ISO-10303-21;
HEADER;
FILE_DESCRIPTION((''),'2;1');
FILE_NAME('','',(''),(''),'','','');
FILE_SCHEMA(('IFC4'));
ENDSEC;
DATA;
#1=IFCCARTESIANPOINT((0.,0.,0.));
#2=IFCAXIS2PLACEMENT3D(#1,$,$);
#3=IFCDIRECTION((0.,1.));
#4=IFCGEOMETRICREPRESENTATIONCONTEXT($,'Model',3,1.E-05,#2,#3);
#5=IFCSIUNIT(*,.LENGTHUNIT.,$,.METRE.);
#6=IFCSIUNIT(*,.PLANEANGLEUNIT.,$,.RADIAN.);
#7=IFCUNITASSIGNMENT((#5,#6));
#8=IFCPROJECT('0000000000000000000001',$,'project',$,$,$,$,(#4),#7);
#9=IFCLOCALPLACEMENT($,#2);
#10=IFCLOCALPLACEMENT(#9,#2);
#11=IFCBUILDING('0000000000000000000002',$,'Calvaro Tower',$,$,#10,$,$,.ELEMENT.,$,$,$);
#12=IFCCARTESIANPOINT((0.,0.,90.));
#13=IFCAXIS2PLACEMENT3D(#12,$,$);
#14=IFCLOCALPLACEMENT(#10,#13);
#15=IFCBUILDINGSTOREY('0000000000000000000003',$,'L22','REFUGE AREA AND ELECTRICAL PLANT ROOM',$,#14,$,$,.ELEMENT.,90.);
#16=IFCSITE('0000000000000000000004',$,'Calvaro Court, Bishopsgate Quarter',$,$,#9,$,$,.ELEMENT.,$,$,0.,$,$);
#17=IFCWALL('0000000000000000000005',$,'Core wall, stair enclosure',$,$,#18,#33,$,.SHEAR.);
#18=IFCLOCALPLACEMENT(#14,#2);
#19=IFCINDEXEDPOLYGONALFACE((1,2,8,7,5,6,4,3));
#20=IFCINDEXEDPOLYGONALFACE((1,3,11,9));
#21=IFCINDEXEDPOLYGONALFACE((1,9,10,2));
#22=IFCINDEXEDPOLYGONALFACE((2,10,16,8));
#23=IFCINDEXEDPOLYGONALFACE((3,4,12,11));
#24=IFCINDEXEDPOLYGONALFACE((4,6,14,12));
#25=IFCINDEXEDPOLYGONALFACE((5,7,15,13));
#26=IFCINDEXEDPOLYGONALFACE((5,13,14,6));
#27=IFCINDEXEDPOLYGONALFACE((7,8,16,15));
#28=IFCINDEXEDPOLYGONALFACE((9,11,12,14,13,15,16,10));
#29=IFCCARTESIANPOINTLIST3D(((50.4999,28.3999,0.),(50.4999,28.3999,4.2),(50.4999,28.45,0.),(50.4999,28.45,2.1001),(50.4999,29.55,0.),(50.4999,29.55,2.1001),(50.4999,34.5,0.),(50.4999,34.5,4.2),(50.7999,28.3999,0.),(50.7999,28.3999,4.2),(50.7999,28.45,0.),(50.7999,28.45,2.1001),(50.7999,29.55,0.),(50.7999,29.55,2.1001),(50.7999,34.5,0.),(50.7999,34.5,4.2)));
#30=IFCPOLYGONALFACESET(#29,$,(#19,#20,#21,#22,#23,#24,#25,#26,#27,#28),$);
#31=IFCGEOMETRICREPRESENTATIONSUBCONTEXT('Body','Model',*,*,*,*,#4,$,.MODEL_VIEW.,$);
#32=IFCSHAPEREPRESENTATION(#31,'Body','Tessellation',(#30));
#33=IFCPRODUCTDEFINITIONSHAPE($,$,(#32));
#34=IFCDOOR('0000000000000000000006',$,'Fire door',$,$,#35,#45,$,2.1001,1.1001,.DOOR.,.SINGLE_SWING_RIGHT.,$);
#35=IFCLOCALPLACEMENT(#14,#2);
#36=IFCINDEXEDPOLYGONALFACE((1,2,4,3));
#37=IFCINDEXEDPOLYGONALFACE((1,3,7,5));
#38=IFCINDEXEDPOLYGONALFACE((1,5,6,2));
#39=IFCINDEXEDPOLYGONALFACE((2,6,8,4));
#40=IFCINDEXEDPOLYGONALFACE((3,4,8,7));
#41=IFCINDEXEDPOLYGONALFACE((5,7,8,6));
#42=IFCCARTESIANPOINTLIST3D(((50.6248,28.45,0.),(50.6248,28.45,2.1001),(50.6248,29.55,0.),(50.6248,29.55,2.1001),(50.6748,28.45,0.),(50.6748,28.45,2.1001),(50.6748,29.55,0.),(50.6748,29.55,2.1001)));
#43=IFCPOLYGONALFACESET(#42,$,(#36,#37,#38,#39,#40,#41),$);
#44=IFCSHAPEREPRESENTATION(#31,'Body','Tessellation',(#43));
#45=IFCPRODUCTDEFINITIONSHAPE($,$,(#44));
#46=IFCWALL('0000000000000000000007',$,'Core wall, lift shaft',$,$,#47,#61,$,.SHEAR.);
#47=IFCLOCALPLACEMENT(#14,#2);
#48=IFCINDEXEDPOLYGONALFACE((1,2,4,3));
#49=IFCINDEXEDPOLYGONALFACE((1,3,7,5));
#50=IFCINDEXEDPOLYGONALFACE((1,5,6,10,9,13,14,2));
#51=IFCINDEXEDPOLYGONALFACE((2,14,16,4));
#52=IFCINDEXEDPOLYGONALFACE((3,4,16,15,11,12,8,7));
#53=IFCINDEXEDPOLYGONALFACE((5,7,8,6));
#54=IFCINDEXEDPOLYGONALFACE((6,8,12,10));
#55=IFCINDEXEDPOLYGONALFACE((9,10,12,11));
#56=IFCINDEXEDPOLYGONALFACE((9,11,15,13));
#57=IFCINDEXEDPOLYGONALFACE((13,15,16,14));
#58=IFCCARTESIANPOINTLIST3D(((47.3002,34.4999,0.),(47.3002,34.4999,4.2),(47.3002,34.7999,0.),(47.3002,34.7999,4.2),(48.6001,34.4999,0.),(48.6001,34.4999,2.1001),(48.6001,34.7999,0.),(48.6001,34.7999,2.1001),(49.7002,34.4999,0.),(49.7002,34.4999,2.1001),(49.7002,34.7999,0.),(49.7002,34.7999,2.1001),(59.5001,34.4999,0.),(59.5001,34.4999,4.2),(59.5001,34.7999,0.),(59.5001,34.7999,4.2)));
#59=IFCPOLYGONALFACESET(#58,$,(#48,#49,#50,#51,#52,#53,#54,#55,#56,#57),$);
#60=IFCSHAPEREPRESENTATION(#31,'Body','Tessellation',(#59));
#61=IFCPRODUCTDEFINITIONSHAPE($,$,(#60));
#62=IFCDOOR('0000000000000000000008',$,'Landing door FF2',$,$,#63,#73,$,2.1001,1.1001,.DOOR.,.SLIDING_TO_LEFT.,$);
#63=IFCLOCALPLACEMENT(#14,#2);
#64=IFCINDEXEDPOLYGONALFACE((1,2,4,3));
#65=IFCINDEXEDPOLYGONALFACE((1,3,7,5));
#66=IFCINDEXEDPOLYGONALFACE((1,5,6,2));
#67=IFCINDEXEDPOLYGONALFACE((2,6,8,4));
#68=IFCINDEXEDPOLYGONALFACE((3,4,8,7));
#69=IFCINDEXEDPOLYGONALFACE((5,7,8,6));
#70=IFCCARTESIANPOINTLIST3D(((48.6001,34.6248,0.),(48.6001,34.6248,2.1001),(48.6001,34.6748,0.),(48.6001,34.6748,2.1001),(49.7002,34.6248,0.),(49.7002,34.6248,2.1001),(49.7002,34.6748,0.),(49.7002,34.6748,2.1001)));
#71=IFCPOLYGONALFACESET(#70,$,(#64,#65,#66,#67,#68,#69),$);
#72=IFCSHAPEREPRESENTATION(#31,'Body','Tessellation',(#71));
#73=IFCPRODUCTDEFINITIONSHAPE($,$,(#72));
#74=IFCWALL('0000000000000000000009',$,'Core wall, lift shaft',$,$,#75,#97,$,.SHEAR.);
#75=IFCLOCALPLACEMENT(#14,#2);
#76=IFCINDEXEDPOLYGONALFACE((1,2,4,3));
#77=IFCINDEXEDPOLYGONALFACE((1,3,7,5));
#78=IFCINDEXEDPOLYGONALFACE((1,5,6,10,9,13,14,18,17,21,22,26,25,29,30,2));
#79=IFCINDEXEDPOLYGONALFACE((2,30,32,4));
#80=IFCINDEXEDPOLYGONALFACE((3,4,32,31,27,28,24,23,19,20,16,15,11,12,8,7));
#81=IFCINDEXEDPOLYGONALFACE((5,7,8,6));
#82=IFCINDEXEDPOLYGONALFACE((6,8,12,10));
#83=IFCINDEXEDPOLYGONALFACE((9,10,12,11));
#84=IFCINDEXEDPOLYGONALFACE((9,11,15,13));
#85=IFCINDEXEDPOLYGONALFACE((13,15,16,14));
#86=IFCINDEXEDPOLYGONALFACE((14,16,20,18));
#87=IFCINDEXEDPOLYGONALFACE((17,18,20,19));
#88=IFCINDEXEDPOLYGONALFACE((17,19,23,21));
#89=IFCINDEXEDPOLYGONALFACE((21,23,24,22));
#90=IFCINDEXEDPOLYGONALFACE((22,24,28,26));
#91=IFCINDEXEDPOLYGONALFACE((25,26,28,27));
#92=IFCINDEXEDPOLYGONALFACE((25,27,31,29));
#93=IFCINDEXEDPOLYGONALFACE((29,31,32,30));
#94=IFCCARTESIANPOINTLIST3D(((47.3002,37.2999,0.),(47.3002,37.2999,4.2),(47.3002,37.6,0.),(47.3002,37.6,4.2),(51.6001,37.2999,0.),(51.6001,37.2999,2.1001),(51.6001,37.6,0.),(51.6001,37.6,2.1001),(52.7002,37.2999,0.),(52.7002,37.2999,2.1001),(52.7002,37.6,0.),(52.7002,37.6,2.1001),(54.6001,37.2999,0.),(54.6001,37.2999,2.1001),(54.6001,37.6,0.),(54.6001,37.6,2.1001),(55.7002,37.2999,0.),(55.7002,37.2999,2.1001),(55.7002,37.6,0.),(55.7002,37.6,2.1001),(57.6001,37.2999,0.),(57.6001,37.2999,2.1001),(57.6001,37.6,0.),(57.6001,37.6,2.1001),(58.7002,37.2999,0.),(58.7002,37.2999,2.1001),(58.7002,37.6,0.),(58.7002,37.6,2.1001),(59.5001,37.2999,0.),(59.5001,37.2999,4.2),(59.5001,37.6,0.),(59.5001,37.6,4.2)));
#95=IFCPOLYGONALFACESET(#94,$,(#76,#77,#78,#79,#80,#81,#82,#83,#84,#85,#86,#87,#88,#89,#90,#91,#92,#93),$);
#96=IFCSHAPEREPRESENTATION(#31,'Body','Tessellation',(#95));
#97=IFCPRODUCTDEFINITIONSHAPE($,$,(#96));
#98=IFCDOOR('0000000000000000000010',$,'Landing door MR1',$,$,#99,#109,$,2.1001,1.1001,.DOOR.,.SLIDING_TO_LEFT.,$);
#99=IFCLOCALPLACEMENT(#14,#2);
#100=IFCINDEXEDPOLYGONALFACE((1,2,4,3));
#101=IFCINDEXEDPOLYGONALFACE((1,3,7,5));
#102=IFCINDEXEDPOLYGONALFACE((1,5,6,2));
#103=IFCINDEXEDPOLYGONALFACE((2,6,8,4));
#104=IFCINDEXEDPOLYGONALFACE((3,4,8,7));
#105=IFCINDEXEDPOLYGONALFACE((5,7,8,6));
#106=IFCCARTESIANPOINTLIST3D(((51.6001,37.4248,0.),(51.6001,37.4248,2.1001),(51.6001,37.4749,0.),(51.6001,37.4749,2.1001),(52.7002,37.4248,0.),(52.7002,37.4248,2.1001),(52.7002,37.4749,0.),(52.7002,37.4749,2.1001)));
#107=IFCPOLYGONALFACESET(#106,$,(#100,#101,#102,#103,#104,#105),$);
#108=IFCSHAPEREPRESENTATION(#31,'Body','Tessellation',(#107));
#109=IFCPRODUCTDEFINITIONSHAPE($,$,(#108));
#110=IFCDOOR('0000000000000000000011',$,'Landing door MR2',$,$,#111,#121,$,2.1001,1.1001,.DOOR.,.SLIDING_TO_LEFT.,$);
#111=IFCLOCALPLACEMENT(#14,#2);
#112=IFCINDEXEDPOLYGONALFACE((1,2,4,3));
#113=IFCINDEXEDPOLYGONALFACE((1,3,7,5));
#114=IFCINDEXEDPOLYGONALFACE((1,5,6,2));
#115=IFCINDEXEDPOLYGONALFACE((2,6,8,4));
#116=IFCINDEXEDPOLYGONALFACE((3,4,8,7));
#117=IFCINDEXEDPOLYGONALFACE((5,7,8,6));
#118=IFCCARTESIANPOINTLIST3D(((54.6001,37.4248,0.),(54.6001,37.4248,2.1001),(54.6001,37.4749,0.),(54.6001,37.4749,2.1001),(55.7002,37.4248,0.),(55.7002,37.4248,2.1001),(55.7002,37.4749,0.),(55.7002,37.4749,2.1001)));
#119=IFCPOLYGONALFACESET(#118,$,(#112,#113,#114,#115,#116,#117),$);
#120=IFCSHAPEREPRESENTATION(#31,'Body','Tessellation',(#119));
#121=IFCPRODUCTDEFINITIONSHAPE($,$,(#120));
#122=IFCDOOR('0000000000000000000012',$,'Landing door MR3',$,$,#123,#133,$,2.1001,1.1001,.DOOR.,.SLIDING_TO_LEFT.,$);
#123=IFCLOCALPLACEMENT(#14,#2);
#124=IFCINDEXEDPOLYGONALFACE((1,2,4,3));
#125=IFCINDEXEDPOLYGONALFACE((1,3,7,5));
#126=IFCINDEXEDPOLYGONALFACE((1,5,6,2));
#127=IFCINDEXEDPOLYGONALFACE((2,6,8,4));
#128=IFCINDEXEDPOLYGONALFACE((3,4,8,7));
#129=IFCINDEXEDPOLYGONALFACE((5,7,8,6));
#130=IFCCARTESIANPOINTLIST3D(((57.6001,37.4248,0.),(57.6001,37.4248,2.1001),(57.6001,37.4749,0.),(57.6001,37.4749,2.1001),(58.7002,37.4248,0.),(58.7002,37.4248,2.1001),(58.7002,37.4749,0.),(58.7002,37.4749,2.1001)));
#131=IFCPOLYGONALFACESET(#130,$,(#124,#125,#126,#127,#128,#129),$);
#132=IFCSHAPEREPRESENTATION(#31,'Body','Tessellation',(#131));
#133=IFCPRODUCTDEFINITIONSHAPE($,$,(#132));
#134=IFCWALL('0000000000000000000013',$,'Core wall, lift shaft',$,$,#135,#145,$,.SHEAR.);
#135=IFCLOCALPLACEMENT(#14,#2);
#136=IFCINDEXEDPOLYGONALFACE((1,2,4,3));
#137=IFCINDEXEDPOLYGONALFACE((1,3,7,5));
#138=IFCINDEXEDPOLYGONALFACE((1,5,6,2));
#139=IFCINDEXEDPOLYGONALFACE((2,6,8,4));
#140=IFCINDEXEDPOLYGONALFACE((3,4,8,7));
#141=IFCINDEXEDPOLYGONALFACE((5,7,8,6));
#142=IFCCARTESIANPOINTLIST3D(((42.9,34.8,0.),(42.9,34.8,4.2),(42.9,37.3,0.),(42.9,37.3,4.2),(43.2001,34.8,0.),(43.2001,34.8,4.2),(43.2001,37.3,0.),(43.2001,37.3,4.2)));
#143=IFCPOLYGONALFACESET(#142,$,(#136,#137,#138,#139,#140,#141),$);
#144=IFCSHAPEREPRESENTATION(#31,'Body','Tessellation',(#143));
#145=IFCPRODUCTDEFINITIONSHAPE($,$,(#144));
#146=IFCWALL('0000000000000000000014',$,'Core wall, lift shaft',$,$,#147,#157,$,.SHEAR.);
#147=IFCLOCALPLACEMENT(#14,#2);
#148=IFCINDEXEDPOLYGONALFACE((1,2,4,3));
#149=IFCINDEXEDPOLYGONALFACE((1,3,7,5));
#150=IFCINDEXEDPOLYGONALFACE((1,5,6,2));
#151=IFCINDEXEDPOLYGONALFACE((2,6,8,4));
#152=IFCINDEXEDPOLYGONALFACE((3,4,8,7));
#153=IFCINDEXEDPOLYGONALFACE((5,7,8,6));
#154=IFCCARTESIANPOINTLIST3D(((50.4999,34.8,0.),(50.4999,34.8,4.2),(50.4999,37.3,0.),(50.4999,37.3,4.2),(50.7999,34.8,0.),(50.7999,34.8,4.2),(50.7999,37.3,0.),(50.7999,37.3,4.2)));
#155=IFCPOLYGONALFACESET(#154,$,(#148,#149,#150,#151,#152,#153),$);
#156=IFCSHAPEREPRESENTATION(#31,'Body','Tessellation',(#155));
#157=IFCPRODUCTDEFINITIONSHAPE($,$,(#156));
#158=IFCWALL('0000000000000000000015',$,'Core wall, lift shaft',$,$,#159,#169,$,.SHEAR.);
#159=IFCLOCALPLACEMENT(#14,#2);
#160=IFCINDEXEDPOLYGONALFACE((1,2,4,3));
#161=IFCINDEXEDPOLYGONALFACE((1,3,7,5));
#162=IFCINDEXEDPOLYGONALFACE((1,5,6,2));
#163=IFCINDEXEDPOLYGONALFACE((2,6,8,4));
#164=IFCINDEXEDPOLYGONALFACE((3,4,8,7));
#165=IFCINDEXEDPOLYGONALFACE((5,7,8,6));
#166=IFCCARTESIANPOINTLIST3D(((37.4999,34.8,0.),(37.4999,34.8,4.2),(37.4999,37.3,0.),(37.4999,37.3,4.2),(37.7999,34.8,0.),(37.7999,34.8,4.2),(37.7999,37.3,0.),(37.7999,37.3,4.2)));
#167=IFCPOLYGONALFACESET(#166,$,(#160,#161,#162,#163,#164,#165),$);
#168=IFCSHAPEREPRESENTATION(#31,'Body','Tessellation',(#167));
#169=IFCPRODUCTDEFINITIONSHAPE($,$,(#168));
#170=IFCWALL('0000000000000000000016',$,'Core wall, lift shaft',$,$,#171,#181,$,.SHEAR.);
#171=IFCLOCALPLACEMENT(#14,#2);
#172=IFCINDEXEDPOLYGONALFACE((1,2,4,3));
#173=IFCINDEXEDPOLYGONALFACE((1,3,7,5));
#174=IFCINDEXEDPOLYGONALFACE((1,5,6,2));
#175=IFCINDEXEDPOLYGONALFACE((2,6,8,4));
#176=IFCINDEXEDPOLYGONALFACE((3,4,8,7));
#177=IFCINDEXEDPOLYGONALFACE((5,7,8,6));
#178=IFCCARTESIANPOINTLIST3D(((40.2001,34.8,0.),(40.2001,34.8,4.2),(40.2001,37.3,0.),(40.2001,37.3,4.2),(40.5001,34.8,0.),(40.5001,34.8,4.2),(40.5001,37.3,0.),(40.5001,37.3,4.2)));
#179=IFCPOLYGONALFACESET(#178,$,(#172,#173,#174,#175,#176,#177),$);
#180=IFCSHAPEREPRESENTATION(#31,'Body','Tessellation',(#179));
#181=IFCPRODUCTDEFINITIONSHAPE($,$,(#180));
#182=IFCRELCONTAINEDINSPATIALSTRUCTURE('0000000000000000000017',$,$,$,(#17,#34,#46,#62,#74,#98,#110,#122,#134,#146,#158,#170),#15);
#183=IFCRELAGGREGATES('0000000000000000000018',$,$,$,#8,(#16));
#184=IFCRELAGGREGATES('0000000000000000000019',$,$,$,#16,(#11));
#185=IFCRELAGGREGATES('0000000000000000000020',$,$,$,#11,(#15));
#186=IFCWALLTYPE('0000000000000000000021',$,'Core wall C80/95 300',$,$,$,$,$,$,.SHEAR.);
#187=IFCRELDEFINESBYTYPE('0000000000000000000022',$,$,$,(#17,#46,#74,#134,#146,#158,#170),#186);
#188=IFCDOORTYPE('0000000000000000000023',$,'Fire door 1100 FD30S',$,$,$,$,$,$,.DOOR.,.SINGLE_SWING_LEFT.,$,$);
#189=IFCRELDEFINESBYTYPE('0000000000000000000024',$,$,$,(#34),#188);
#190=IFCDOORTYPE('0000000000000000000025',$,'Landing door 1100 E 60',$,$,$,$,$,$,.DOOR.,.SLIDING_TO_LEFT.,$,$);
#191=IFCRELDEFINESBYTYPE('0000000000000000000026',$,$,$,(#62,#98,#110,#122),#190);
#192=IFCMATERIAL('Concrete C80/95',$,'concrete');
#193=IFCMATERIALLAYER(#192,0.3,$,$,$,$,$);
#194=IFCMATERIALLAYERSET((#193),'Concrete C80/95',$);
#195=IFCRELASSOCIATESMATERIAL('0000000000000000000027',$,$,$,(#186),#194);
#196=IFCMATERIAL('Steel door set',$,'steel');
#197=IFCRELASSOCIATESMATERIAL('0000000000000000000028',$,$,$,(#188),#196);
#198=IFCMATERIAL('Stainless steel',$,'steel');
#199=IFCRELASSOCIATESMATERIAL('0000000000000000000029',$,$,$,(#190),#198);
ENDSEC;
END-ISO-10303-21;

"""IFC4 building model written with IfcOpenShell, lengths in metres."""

from ifc_helpers import new_model, si_unit, direction, frame, frame_2d, origin, place, context, subcontext, project, spatial, rectangle, extrude, material, layer, layer_set, type_object, element, fill, save


model = new_model("IFC4")

# Units and contexts
model_context = context("Model", 3, precision=1e-05, world=origin(), true_north=direction((0.0, 1.0)))
body_context = subcontext(model_context, "Body", "Model", "MODEL_VIEW")
ifc_project = project(units=[si_unit("LENGTHUNIT", "METRE"), si_unit("PLANEANGLEUNIT", "RADIAN")], contexts=[model_context])

# Site, building, storey
site_placement = place(None, origin())
site = spatial("IfcSite", under=ifc_project, at=site_placement, Name="Calvaro Court, Bishopsgate Quarter", CompositionType="ELEMENT", RefElevation=0.0)
building_placement = place(site_placement, origin())
building = spatial("IfcBuilding", under=site, at=building_placement, Name="Calvaro Tower", CompositionType="ELEMENT")
storey_placement = place(building_placement, frame((0.0, 0.0, 90.0)))
storey = spatial("IfcBuildingStorey", under=building, at=storey_placement, Name="L22", Description="REFUGE AREA AND ELECTRICAL PLANT ROOM", CompositionType="ELEMENT", Elevation=90.0)

# Walls, openings, doors
ifc_material_1 = material(Name="Concrete C80/95", Category="concrete")
ifc_layer_1 = layer(ifc_material_1, 0.3)
ifc_layer_set_1 = layer_set([ifc_layer_1], Name="Concrete C80/95")
wall_type_1 = type_object("IfcWallType", Name="Core wall C80/95 300", PredefinedType="SHEAR", material=ifc_layer_set_1)
wall_1_placement = place(storey_placement, frame((50.6499, 34.5, 0.0), z_axis=(0.0, 0.0, 1.0), x_axis=(0.0, -1.0, 0.0)))
wall_1 = element("IfcWall", 1, at=wall_1_placement, inside=storey, type_object=wall_type_1, Name="Core wall, stair enclosure", PredefinedType="SHEAR", context=body_context, shape_type="SweptSolid", body=[
    extrude(rectangle(XDim=6.1001, YDim=0.3, at=frame_2d((3.05, 0.0))), origin(), (0.0, 0.0, 1.0), 4.2),
])
opening_1_placement = place(wall_1_placement, frame((4.95, 0.0, 0.0)))
opening_1 = element("IfcOpeningElement", 2, at=opening_1_placement, cuts=wall_1, PredefinedType="OPENING", context=body_context, shape_type="SweptSolid", body=[
    extrude(rectangle(XDim=1.1001, YDim=2.1001, at=frame_2d((0.55, 1.05))), frame((0.0, 0.1599, 0.0), z_axis=(0.0, -1.0, 0.0), x_axis=(1.0, 0.0, 0.0)), (0.0, 0.0, 1.0), 0.3201),
])
ifc_material_2 = material(Name="Steel door set", Category="steel")
door_type_1 = type_object("IfcDoorType", Name="Fire door 1100 FD30S", OperationType="SINGLE_SWING_LEFT", PredefinedType="DOOR", material=ifc_material_2)
door_1_placement = place(opening_1_placement, origin())
door_1 = element("IfcDoor", 3, at=door_1_placement, inside=storey, type_object=door_type_1, Name="Fire door", OperationType="SINGLE_SWING_RIGHT", OverallHeight=2.1001, OverallWidth=1.1001, PredefinedType="DOOR", context=body_context, shape_type="SweptSolid", body=[
    extrude(rectangle(XDim=1.1001, YDim=2.1001, at=frame_2d((0.55, 1.05))), frame((0.0, 0.0249, 0.0), z_axis=(0.0, -1.0, 0.0), x_axis=(1.0, 0.0, 0.0)), (0.0, 0.0, 1.0), 0.05),
])
fill(opening_1, door_1)
wall_2_placement = place(storey_placement, frame((47.3, 34.6499, 0.0), z_axis=(0.0, 0.0, 1.0), x_axis=(1.0, 0.0, 0.0)))
wall_2 = element("IfcWall", 4, at=wall_2_placement, inside=storey, type_object=wall_type_1, Name="Core wall, lift shaft", PredefinedType="SHEAR", context=body_context, shape_type="SweptSolid", body=[
    extrude(rectangle(XDim=12.2, YDim=0.3, at=frame_2d((6.1001, 0.0))), origin(), (0.0, 0.0, 1.0), 4.2),
])
opening_2_placement = place(wall_2_placement, frame((1.3, 0.0, 0.0)))
opening_2 = element("IfcOpeningElement", 5, at=opening_2_placement, cuts=wall_2, PredefinedType="OPENING", context=body_context, shape_type="SweptSolid", body=[
    extrude(rectangle(XDim=1.1001, YDim=2.1001, at=frame_2d((0.55, 1.05))), frame((0.0, 0.1599, 0.0), z_axis=(0.0, -1.0, 0.0), x_axis=(1.0, 0.0, 0.0)), (0.0, 0.0, 1.0), 0.3201),
])
ifc_material_3 = material(Name="Stainless steel", Category="steel")
door_type_2 = type_object("IfcDoorType", Name="Landing door 1100 E 60", OperationType="SLIDING_TO_LEFT", PredefinedType="DOOR", material=ifc_material_3)
door_2_placement = place(opening_2_placement, origin())
door_2 = element("IfcDoor", 6, at=door_2_placement, inside=storey, type_object=door_type_2, Name="Landing door FF2", OperationType="SLIDING_TO_LEFT", OverallHeight=2.1001, OverallWidth=1.1001, PredefinedType="DOOR", context=body_context, shape_type="SweptSolid", body=[
    extrude(rectangle(XDim=1.1001, YDim=2.1001, at=frame_2d((0.55, 1.05))), frame((0.0, 0.0249, 0.0), z_axis=(0.0, -1.0, 0.0), x_axis=(1.0, 0.0, 0.0)), (0.0, 0.0, 1.0), 0.05),
])
fill(opening_2, door_2)

# Wall, openings, doors
wall_3_placement = place(storey_placement, frame((47.3, 37.45, 0.0), z_axis=(0.0, 0.0, 1.0), x_axis=(1.0, 0.0, 0.0)))
wall_3 = element("IfcWall", 7, at=wall_3_placement, inside=storey, type_object=wall_type_1, Name="Core wall, lift shaft", PredefinedType="SHEAR", context=body_context, shape_type="SweptSolid", body=[
    extrude(rectangle(XDim=12.2, YDim=0.3, at=frame_2d((6.1001, 0.0))), origin(), (0.0, 0.0, 1.0), 4.2),
])
opening_3_placement = place(wall_3_placement, frame((4.3, 0.0, 0.0)))
opening_3 = element("IfcOpeningElement", 8, at=opening_3_placement, cuts=wall_3, PredefinedType="OPENING", context=body_context, shape_type="SweptSolid", body=[
    extrude(rectangle(XDim=1.1001, YDim=2.1001, at=frame_2d((0.55, 1.05))), frame((0.0, 0.1599, 0.0), z_axis=(0.0, -1.0, 0.0), x_axis=(1.0, 0.0, 0.0)), (0.0, 0.0, 1.0), 0.3201),
])
opening_4_placement = place(wall_3_placement, frame((7.3, 0.0, 0.0)))
opening_4 = element("IfcOpeningElement", 9, at=opening_4_placement, cuts=wall_3, PredefinedType="OPENING", context=body_context, shape_type="SweptSolid", body=[
    extrude(rectangle(XDim=1.1001, YDim=2.1001, at=frame_2d((0.55, 1.05))), frame((0.0, 0.1599, 0.0), z_axis=(0.0, -1.0, 0.0), x_axis=(1.0, 0.0, 0.0)), (0.0, 0.0, 1.0), 0.3201),
])
opening_5_placement = place(wall_3_placement, frame((10.3, 0.0, 0.0)))
opening_5 = element("IfcOpeningElement", 10, at=opening_5_placement, cuts=wall_3, PredefinedType="OPENING", context=body_context, shape_type="SweptSolid", body=[
    extrude(rectangle(XDim=1.1001, YDim=2.1001, at=frame_2d((0.55, 1.05))), frame((0.0, 0.1599, 0.0), z_axis=(0.0, -1.0, 0.0), x_axis=(1.0, 0.0, 0.0)), (0.0, 0.0, 1.0), 0.3201),
])
door_3_placement = place(opening_3_placement, origin())
door_3 = element("IfcDoor", 11, at=door_3_placement, inside=storey, type_object=door_type_2, Name="Landing door MR1", OperationType="SLIDING_TO_LEFT", OverallHeight=2.1001, OverallWidth=1.1001, PredefinedType="DOOR", context=body_context, shape_type="SweptSolid", body=[
    extrude(rectangle(XDim=1.1001, YDim=2.1001, at=frame_2d((0.55, 1.05))), frame((0.0, 0.0249, 0.0), z_axis=(0.0, -1.0, 0.0), x_axis=(1.0, 0.0, 0.0)), (0.0, 0.0, 1.0), 0.05),
])
fill(opening_3, door_3)
door_4_placement = place(opening_4_placement, origin())
door_4 = element("IfcDoor", 12, at=door_4_placement, inside=storey, type_object=door_type_2, Name="Landing door MR2", OperationType="SLIDING_TO_LEFT", OverallHeight=2.1001, OverallWidth=1.1001, PredefinedType="DOOR", context=body_context, shape_type="SweptSolid", body=[
    extrude(rectangle(XDim=1.1001, YDim=2.1001, at=frame_2d((0.55, 1.05))), frame((0.0, 0.0249, 0.0), z_axis=(0.0, -1.0, 0.0), x_axis=(1.0, 0.0, 0.0)), (0.0, 0.0, 1.0), 0.05),
])
fill(opening_4, door_4)
door_5_placement = place(opening_5_placement, origin())
door_5 = element("IfcDoor", 13, at=door_5_placement, inside=storey, type_object=door_type_2, Name="Landing door MR3", OperationType="SLIDING_TO_LEFT", OverallHeight=2.1001, OverallWidth=1.1001, PredefinedType="DOOR", context=body_context, shape_type="SweptSolid", body=[
    extrude(rectangle(XDim=1.1001, YDim=2.1001, at=frame_2d((0.55, 1.05))), frame((0.0, 0.0249, 0.0), z_axis=(0.0, -1.0, 0.0), x_axis=(1.0, 0.0, 0.0)), (0.0, 0.0, 1.0), 0.05),
])
fill(opening_5, door_5)

# Walls
for number, where, z_axis, x_axis, name in (
    (14, (43.05, 34.8, 0.0), (0.0, 0.0, 1.0), (0.0, 1.0, 0.0), "Core wall, lift shaft"),
    (15, (50.6499, 34.8, 0.0), (0.0, 0.0, 1.0), (0.0, 1.0, 0.0), "Core wall, lift shaft"),
    (16, (37.6499, 34.8, 0.0), (0.0, 0.0, 1.0), (0.0, 1.0, 0.0), "Core wall, lift shaft"),
    (17, (40.3501, 34.8, 0.0), (0.0, 0.0, 1.0), (0.0, 1.0, 0.0), "Core wall, lift shaft"),
):
    element("IfcWall", number, at=place(storey_placement, frame(where, z_axis=z_axis, x_axis=x_axis)), inside=storey, type_object=wall_type_1, Name=name, PredefinedType="SHEAR", context=body_context, shape_type="SweptSolid", body=[
        extrude(rectangle(XDim=2.5, YDim=0.3, at=frame_2d((1.25, 0.0))), origin(), (0.0, 0.0, 1.0), 4.2),
    ])

save(model, "model.ifc")
